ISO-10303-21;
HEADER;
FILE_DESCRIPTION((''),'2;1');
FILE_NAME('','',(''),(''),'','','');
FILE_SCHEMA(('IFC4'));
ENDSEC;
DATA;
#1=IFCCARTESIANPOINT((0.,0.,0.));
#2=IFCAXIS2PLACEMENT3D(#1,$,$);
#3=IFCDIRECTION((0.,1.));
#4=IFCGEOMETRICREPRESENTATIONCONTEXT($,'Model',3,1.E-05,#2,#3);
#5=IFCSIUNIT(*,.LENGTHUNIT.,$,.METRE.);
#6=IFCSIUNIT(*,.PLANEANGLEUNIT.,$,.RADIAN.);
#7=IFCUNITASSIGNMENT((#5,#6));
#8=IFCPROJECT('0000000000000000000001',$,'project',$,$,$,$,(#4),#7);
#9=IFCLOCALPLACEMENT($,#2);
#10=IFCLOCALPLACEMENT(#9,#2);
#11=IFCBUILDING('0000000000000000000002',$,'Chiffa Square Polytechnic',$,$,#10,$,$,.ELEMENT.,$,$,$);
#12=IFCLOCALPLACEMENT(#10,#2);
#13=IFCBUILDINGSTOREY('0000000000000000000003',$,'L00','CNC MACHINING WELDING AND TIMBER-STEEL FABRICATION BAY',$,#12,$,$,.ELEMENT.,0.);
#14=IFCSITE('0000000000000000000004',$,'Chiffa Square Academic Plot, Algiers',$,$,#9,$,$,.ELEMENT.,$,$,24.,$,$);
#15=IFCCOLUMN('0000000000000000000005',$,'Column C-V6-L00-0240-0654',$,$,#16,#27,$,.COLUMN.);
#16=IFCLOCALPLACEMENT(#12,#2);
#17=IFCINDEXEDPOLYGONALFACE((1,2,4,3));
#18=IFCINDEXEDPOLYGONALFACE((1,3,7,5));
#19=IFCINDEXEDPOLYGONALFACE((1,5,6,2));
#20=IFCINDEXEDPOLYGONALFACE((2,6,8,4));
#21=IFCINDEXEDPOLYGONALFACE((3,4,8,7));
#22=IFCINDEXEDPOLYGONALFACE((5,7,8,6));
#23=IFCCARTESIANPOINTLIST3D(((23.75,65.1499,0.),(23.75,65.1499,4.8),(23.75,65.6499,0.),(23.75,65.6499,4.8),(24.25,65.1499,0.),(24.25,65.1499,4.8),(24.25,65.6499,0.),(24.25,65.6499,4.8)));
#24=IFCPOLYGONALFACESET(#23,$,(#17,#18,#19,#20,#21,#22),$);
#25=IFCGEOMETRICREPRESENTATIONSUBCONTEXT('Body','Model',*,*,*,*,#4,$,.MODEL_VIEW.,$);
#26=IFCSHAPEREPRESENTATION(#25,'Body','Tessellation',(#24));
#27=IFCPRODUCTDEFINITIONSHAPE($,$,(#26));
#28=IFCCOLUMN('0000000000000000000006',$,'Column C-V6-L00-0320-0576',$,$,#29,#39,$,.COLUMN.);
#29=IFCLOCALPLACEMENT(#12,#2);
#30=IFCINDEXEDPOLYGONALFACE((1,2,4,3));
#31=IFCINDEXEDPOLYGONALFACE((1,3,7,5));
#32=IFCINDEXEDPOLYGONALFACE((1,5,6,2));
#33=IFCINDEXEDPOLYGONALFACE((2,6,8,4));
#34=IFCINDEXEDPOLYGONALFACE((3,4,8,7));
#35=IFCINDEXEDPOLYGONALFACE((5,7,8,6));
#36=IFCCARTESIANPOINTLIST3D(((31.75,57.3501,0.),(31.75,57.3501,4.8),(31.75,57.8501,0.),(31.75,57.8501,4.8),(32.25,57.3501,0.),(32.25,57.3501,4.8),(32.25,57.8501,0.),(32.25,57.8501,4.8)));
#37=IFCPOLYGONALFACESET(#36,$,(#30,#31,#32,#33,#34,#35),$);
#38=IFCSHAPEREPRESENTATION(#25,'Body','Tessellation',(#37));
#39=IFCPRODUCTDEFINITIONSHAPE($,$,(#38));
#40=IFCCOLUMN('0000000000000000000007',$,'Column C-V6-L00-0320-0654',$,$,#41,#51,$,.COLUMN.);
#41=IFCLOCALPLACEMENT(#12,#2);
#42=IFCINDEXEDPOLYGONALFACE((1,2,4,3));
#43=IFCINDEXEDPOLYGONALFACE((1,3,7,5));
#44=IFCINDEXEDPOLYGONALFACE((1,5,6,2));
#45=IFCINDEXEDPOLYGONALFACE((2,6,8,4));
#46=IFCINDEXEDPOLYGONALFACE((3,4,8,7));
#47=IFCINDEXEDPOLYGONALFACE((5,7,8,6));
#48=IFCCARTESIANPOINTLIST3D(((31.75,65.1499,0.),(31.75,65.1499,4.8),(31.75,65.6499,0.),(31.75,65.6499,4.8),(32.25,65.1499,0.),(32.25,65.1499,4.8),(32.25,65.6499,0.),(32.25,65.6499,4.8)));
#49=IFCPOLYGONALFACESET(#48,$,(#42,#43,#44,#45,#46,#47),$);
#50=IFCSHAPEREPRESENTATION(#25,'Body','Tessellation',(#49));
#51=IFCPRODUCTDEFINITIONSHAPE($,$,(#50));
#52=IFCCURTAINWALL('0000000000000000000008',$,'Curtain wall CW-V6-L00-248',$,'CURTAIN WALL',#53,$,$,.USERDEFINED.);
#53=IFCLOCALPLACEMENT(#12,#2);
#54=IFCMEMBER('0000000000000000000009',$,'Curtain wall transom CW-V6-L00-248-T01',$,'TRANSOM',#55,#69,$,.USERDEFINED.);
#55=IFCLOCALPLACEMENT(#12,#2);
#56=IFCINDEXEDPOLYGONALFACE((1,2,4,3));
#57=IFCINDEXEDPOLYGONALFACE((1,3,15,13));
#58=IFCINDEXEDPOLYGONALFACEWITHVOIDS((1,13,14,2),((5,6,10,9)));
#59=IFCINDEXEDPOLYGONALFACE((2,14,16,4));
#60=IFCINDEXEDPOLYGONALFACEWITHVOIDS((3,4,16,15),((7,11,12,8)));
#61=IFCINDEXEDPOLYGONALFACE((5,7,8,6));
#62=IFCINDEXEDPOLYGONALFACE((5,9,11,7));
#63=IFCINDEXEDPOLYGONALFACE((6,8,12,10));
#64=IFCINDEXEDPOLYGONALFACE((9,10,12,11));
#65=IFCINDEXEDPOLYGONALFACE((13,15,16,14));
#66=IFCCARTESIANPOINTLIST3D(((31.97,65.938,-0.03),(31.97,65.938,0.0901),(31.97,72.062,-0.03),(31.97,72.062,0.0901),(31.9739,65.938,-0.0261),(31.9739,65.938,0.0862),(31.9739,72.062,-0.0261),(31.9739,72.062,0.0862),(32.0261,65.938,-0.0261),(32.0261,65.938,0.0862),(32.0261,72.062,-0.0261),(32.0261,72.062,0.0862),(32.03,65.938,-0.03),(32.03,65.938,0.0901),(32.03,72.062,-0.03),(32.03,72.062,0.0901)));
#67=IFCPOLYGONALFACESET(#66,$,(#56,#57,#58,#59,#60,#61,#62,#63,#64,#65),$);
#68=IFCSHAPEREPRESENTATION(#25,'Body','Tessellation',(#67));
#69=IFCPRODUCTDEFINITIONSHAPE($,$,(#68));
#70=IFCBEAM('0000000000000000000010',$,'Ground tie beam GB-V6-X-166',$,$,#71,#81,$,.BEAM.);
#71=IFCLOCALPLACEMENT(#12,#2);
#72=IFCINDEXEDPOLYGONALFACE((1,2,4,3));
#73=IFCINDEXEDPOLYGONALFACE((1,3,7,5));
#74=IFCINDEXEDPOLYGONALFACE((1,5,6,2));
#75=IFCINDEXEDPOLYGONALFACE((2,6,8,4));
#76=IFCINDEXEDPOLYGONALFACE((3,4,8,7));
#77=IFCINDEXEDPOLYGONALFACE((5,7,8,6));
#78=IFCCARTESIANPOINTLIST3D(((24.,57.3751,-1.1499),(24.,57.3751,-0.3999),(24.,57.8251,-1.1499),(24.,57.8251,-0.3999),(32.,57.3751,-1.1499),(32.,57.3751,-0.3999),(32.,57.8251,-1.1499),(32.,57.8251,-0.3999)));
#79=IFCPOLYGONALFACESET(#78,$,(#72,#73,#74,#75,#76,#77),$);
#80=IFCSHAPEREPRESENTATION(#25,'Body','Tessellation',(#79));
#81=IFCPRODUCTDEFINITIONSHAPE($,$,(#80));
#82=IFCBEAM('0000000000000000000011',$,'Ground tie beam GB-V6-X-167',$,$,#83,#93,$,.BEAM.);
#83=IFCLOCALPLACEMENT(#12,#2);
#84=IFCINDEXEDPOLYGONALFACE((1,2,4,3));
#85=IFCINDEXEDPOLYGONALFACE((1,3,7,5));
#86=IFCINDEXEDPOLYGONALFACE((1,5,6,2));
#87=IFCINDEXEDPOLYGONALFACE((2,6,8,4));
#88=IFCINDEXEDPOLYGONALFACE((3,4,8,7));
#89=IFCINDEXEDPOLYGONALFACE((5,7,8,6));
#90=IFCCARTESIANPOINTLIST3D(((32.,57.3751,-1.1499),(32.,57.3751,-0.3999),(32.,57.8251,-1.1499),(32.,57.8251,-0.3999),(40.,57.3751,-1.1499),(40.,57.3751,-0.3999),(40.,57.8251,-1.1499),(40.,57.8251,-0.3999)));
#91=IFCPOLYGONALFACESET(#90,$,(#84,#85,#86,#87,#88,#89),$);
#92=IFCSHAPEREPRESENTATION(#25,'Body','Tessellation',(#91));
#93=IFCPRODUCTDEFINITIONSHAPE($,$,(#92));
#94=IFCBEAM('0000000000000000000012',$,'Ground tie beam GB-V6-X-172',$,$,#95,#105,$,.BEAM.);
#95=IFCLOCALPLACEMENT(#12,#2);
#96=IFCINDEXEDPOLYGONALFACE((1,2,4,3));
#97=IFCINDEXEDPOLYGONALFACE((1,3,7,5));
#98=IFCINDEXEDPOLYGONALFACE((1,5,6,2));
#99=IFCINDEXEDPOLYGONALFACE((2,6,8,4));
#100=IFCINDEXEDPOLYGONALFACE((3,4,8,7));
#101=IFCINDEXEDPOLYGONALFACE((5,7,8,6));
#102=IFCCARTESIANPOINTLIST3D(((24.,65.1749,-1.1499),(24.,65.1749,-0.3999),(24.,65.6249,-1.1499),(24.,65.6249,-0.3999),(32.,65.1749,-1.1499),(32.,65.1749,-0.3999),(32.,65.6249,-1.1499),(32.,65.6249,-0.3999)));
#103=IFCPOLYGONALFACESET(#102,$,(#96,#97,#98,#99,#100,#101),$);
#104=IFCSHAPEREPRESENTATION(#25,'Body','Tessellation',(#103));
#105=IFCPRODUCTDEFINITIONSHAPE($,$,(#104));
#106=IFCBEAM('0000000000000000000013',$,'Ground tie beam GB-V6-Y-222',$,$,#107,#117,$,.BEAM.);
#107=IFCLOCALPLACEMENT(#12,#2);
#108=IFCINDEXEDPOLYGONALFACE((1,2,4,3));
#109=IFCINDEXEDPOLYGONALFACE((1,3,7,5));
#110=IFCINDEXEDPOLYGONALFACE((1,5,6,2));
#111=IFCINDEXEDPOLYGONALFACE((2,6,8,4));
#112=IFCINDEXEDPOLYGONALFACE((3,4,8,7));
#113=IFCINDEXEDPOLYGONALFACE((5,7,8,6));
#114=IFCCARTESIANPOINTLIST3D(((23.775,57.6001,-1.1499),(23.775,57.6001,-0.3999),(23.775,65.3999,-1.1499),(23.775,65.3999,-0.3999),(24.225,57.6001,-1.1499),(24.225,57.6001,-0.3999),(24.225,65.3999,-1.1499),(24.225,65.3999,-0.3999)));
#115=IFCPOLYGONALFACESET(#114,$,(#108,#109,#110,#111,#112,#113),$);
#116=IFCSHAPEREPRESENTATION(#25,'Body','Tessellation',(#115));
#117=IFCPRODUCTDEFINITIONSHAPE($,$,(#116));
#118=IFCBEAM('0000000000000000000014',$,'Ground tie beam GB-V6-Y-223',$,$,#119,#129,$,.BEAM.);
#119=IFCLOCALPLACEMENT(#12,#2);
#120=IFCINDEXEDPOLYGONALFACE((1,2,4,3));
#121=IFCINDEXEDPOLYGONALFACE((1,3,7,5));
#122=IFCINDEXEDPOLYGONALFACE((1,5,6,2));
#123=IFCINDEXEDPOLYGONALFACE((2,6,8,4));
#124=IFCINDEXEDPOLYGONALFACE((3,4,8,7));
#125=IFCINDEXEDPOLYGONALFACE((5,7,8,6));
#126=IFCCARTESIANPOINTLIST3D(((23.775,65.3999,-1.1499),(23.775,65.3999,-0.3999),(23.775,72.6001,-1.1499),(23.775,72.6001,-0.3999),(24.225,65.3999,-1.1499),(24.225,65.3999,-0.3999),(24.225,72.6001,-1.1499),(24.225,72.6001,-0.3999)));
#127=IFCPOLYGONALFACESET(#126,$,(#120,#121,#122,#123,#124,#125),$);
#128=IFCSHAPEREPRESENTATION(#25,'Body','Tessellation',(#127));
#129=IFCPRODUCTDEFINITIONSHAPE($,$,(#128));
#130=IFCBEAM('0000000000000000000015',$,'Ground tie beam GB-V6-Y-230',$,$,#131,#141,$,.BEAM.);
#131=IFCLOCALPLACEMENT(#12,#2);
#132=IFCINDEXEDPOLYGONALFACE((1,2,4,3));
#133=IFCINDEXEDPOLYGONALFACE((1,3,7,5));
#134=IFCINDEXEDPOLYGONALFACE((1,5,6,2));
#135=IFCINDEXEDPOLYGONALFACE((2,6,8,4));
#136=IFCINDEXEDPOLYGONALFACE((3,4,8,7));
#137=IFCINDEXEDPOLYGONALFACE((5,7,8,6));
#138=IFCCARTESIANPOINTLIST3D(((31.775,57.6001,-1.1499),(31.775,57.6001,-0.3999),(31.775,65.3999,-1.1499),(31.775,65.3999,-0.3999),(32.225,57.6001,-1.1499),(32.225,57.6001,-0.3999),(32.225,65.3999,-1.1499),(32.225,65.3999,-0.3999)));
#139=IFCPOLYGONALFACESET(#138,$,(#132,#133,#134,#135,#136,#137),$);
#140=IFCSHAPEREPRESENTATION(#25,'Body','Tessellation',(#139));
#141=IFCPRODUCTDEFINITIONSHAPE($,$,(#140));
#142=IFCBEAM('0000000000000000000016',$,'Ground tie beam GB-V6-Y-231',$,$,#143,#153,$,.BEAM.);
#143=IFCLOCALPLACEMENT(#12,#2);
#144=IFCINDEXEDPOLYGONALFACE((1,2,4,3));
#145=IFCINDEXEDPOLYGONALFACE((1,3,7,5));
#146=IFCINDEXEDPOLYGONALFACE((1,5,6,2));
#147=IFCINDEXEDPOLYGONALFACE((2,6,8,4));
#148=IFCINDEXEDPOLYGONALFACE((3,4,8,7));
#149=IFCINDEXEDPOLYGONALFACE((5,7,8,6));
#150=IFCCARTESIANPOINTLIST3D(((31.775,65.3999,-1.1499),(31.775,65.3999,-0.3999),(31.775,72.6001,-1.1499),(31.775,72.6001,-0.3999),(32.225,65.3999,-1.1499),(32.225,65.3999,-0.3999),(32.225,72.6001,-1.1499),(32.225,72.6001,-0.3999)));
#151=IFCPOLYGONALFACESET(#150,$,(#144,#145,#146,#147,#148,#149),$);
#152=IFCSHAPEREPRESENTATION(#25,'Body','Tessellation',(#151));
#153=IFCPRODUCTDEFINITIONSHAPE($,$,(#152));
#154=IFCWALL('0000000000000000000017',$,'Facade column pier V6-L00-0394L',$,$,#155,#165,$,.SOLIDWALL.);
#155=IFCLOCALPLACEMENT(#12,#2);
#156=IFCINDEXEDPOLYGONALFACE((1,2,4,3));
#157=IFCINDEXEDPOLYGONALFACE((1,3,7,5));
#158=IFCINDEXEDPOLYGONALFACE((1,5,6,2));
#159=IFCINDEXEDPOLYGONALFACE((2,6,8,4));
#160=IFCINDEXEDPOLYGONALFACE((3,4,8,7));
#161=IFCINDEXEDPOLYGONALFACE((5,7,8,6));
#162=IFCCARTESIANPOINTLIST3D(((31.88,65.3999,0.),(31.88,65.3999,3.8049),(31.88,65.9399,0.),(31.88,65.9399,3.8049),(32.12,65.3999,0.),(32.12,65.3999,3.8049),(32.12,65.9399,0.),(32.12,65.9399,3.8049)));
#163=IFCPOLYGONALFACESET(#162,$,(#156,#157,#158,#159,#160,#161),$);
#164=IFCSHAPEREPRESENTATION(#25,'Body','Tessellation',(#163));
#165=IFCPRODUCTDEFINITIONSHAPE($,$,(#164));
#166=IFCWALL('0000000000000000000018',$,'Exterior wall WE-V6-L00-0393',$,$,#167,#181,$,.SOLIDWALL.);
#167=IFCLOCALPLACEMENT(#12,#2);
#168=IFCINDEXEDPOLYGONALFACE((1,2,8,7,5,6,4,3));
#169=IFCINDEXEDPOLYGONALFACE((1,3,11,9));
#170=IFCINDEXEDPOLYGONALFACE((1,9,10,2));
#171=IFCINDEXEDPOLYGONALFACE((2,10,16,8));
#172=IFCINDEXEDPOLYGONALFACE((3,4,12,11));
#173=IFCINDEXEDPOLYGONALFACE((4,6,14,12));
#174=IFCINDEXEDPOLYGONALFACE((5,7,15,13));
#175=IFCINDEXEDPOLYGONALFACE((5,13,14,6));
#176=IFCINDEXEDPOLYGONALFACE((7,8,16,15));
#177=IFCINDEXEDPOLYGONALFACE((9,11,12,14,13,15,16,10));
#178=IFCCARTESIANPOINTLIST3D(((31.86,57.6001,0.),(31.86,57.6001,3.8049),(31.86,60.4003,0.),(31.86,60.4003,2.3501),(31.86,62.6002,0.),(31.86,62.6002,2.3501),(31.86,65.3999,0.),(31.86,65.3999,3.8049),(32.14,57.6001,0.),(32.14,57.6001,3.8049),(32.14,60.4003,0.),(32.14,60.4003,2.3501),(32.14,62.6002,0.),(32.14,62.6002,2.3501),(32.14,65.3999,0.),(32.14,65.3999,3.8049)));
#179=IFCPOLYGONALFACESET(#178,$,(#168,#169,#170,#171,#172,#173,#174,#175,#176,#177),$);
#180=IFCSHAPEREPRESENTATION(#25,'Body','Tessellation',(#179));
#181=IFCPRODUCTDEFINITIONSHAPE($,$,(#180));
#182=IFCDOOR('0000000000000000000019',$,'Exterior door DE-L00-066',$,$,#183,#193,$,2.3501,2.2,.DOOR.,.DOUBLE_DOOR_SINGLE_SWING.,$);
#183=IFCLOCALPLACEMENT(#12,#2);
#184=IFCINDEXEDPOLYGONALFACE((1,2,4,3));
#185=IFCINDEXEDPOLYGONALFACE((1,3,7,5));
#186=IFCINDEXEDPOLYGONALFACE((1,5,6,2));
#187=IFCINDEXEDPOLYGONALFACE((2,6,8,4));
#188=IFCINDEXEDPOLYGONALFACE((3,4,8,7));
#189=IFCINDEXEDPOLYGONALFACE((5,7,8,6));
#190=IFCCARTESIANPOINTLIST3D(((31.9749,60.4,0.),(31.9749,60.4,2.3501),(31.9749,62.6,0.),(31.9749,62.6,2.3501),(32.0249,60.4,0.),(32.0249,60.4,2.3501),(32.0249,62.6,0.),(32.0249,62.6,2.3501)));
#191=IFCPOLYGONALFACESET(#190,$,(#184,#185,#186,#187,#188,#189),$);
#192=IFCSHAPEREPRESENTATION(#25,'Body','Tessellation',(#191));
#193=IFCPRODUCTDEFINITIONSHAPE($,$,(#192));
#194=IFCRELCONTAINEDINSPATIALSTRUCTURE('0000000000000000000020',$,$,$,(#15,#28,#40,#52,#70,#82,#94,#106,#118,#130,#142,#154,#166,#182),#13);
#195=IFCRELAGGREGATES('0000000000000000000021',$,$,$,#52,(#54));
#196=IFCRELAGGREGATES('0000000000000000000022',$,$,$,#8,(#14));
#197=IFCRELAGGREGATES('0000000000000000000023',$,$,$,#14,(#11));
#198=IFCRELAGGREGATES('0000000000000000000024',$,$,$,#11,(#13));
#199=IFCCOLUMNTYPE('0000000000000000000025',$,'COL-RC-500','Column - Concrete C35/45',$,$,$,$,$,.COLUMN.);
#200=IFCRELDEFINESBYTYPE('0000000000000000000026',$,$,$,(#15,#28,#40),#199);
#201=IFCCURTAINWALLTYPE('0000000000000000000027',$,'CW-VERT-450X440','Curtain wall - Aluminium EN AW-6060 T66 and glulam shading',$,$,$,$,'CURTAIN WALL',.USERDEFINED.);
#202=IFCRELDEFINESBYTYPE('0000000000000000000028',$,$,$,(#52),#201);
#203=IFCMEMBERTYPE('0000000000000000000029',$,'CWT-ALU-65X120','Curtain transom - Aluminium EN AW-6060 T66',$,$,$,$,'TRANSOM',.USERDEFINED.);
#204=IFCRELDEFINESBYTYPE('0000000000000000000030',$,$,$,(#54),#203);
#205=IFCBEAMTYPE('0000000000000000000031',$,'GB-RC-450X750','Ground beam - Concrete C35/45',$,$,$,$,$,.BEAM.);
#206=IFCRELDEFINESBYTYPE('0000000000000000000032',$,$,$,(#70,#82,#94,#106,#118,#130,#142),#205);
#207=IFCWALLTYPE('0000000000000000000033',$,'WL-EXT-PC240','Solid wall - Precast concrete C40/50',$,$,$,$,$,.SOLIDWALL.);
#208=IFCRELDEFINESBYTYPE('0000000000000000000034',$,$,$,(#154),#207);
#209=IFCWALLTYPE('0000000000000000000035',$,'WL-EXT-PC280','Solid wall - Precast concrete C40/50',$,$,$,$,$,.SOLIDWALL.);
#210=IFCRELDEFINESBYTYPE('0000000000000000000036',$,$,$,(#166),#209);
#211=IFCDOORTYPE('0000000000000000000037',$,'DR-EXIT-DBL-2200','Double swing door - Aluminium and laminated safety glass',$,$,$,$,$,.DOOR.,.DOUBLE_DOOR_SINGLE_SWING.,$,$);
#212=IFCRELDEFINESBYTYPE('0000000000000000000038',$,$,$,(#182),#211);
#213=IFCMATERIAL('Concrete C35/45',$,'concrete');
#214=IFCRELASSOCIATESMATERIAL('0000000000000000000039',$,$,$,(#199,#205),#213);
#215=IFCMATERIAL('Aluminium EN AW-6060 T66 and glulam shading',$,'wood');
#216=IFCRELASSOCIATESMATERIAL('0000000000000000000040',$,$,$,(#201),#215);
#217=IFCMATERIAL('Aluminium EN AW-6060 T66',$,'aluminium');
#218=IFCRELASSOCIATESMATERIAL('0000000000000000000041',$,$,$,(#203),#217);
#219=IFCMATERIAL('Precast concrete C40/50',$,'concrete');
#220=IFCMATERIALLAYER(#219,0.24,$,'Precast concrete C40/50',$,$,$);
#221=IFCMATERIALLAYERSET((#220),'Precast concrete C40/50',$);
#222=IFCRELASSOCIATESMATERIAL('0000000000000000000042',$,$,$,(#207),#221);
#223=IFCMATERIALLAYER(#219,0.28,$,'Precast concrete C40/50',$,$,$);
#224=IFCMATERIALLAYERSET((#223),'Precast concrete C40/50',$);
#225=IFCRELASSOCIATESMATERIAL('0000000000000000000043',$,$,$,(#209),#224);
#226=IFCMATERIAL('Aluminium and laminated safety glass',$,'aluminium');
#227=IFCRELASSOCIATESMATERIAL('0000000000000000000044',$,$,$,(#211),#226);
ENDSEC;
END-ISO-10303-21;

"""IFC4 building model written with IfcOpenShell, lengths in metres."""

from ifc_helpers import new_model, si_unit, direction, frame, frame_2d, origin, origin_2d, place, context, subcontext, project, spatial, rectangle, hollow_rectangle, extrude, material, layer, layer_set, material_profile, profile_set, type_object, element, fill, aggregate, save


model = new_model("IFC4")

# Units and contexts
model_context = context("Model", 3, precision=1e-05, world=origin(), true_north=direction((0.0, 1.0)))
body_context = subcontext(model_context, "Body", "Model", "MODEL_VIEW")
ifc_project = project(units=[si_unit("LENGTHUNIT", "METRE"), si_unit("PLANEANGLEUNIT", "RADIAN")], contexts=[model_context])

# Site, building, storey
site_placement = place(None, origin())
site = spatial("IfcSite", under=ifc_project, at=site_placement, Name="Chiffa Square Academic Plot, Algiers", CompositionType="ELEMENT", RefElevation=24.0)
building_placement = place(site_placement, origin())
building = spatial("IfcBuilding", under=site, at=building_placement, Name="Chiffa Square Polytechnic", CompositionType="ELEMENT")
storey_placement = place(building_placement, origin())
storey = spatial("IfcBuildingStorey", under=building, at=storey_placement, Name="L00", Description="CNC MACHINING WELDING AND TIMBER-STEEL FABRICATION BAY", CompositionType="ELEMENT", Elevation=0.0)

# Columns
ifc_material_1 = material(Name="Concrete C35/45", Category="concrete")
ifc_material_profile_1 = material_profile(ifc_material_1, rectangle(XDim=0.5, YDim=0.5, at=origin_2d()), Name="RC 500x500")
ifc_profile_set_1 = profile_set([ifc_material_profile_1], Name="Concrete C35/45")
column_type = type_object("IfcColumnType", Name="COL-RC-500", Description="Column - Concrete C35/45", PredefinedType="COLUMN", material=ifc_profile_set_1)
for number, where, z_axis, x_axis, name in (
    (1, (24.0, 65.3999, 0.0), (0.0, 0.0, 1.0), (1.0, 0.0, 0.0), "Column C-V6-L00-0240-0654"),
    (2, (32.0, 57.6001, 0.0), (0.0, 0.0, 1.0), (1.0, 0.0, 0.0), "Column C-V6-L00-0320-0576"),
    (3, (32.0, 65.3999, 0.0), (0.0, 0.0, 1.0), (1.0, 0.0, 0.0), "Column C-V6-L00-0320-0654"),
):
    element("IfcColumn", number, at=place(storey_placement, frame(where, z_axis=z_axis, x_axis=x_axis)), inside=storey, type_object=column_type, Name=name, PredefinedType="COLUMN", context=body_context, shape_type="SweptSolid", body=[
        extrude(rectangle(XDim=0.5, YDim=0.5, at=origin_2d()), origin(), (0.0, 0.0, 1.0), 4.8),
    ])

# Curtain wall, member
ifc_material_2 = material(Name="Aluminium EN AW-6060 T66 and glulam shading", Category="wood")
curtain_wall_type = type_object("IfcCurtainWallType", Name="CW-VERT-450X440", Description="Curtain wall - Aluminium EN AW-6060 T66 and glulam shading", ElementType="CURTAIN WALL", PredefinedType="USERDEFINED", material=ifc_material_2)
curtain_wall_placement = place(storey_placement, origin())
curtain_wall = element("IfcCurtainWall", 4, at=curtain_wall_placement, inside=storey, type_object=curtain_wall_type, Name="Curtain wall CW-V6-L00-248", ObjectType="CURTAIN WALL", PredefinedType="USERDEFINED")
ifc_material_3 = material(Name="Aluminium EN AW-6060 T66", Category="aluminium")
ifc_material_profile_2 = material_profile(ifc_material_3, hollow_rectangle(XDim=0.0601, YDim=0.1201, WallThickness=0.0039, at=origin_2d()), Name="ALU 60x120x4")
ifc_profile_set_2 = profile_set([ifc_material_profile_2], Name="Aluminium EN AW-6060 T66")
member_type = type_object("IfcMemberType", Name="CWT-ALU-65X120", Description="Curtain transom - Aluminium EN AW-6060 T66", ElementType="TRANSOM", PredefinedType="USERDEFINED", material=ifc_profile_set_2)
member_placement = place(storey_placement, frame((32.0, 65.938, 0.03), z_axis=(0.0, 1.0, 0.0), x_axis=(-1.0, 0.0, 0.0)))
member = element("IfcMember", 5, at=member_placement, type_object=member_type, Name="Curtain wall transom CW-V6-L00-248-T01", ObjectType="TRANSOM", PredefinedType="USERDEFINED", context=body_context, shape_type="SweptSolid", body=[
    extrude(hollow_rectangle(XDim=0.0601, YDim=0.1201, WallThickness=0.0039, at=origin_2d()), origin(), (0.0, 0.0, 1.0), 6.124),
])
aggregate(curtain_wall, [member])

# Beams
ifc_material_profile_3 = material_profile(ifc_material_1, rectangle(XDim=0.45, YDim=0.75, at=origin_2d()), Name="RC 450x750")
ifc_profile_set_3 = profile_set([ifc_material_profile_3], Name="Concrete C35/45")
beam_type = type_object("IfcBeamType", Name="GB-RC-450X750", Description="Ground beam - Concrete C35/45", PredefinedType="BEAM", material=ifc_profile_set_3)
for number, where, z_axis, x_axis, name in (
    (6, (24.0, 57.6001, -0.7749), (1.0, 0.0, 0.0), (0.0, 1.0, 0.0), "Ground tie beam GB-V6-X-166"),
    (7, (32.0, 57.6001, -0.7749), (1.0, 0.0, 0.0), (0.0, 1.0, 0.0), "Ground tie beam GB-V6-X-167"),
    (8, (24.0, 65.3999, -0.7749), (1.0, 0.0, 0.0), (0.0, 1.0, 0.0), "Ground tie beam GB-V6-X-172"),
):
    element("IfcBeam", number, at=place(storey_placement, frame(where, z_axis=z_axis, x_axis=x_axis)), inside=storey, type_object=beam_type, Name=name, PredefinedType="BEAM", context=body_context, shape_type="SweptSolid", body=[
        extrude(rectangle(XDim=0.45, YDim=0.75, at=origin_2d()), origin(), (0.0, 0.0, 1.0), 8.0),
    ])
beam_1_placement = place(storey_placement, frame((24.0, 57.6001, -0.7749), z_axis=(0.0, 1.0, 0.0), x_axis=(-1.0, 0.0, 0.0)))
element("IfcBeam", 9, at=beam_1_placement, inside=storey, type_object=beam_type, Name="Ground tie beam GB-V6-Y-222", PredefinedType="BEAM", context=body_context, shape_type="SweptSolid", body=[
    extrude(rectangle(XDim=0.45, YDim=0.75, at=origin_2d()), origin(), (0.0, 0.0, 1.0), 7.7998),
])
beam_2_placement = place(storey_placement, frame((24.0, 65.3999, -0.7749), z_axis=(0.0, 1.0, 0.0), x_axis=(-1.0, 0.0, 0.0)))
element("IfcBeam", 10, at=beam_2_placement, inside=storey, type_object=beam_type, Name="Ground tie beam GB-V6-Y-223", PredefinedType="BEAM", context=body_context, shape_type="SweptSolid", body=[
    extrude(rectangle(XDim=0.45, YDim=0.75, at=origin_2d()), origin(), (0.0, 0.0, 1.0), 7.2002),
])
beam_3_placement = place(storey_placement, frame((32.0, 57.6001, -0.7749), z_axis=(0.0, 1.0, 0.0), x_axis=(-1.0, 0.0, 0.0)))
element("IfcBeam", 11, at=beam_3_placement, inside=storey, type_object=beam_type, Name="Ground tie beam GB-V6-Y-230", PredefinedType="BEAM", context=body_context, shape_type="SweptSolid", body=[
    extrude(rectangle(XDim=0.45, YDim=0.75, at=origin_2d()), origin(), (0.0, 0.0, 1.0), 7.7998),
])
beam_4_placement = place(storey_placement, frame((32.0, 65.3999, -0.7749), z_axis=(0.0, 1.0, 0.0), x_axis=(-1.0, 0.0, 0.0)))
element("IfcBeam", 12, at=beam_4_placement, inside=storey, type_object=beam_type, Name="Ground tie beam GB-V6-Y-231", PredefinedType="BEAM", context=body_context, shape_type="SweptSolid", body=[
    extrude(rectangle(XDim=0.45, YDim=0.75, at=origin_2d()), origin(), (0.0, 0.0, 1.0), 7.2002),
])

# Wall
ifc_material_4 = material(Name="Precast concrete C40/50", Category="concrete")
ifc_layer_1 = layer(ifc_material_4, 0.24, Name="Precast concrete C40/50")
ifc_layer_set_1 = layer_set([ifc_layer_1], Name="Precast concrete C40/50")
wall_type_1 = type_object("IfcWallType", Name="WL-EXT-PC240", Description="Solid wall - Precast concrete C40/50", PredefinedType="SOLIDWALL", material=ifc_layer_set_1)
wall_1_placement = place(storey_placement, frame((32.0, 65.3999, 0.0), z_axis=(0.0, 0.0, 1.0), x_axis=(0.0, 1.0, 0.0)))
element("IfcWall", 13, at=wall_1_placement, inside=storey, type_object=wall_type_1, Name="Facade column pier V6-L00-0394L", PredefinedType="SOLIDWALL", context=body_context, shape_type="SweptSolid", body=[
    extrude(rectangle(XDim=0.54, YDim=0.24, at=frame_2d((0.27, 0.0))), origin(), (0.0, 0.0, 1.0), 3.8049),
])

# Wall, opening, door
ifc_layer_2 = layer(ifc_material_4, 0.28, Name="Precast concrete C40/50")
ifc_layer_set_2 = layer_set([ifc_layer_2], Name="Precast concrete C40/50")
wall_type_2 = type_object("IfcWallType", Name="WL-EXT-PC280", Description="Solid wall - Precast concrete C40/50", PredefinedType="SOLIDWALL", material=ifc_layer_set_2)
wall_2_placement = place(storey_placement, frame((32.0, 57.6001, 0.0), z_axis=(0.0, 0.0, 1.0), x_axis=(0.0, 1.0, 0.0)))
wall_2 = element("IfcWall", 14, at=wall_2_placement, inside=storey, type_object=wall_type_2, Name="Exterior wall WE-V6-L00-0393", PredefinedType="SOLIDWALL", context=body_context, shape_type="SweptSolid", body=[
    extrude(rectangle(XDim=7.7998, YDim=0.28, at=frame_2d((3.8999, 0.0))), origin(), (0.0, 0.0, 1.0), 3.8049),
])
opening_1_placement = place(wall_2_placement, frame((2.8, 0.0, 0.0)))
opening_1 = element("IfcOpeningElement", 15, at=opening_1_placement, cuts=wall_2, PredefinedType="OPENING", context=body_context, shape_type="SweptSolid", body=[
    extrude(rectangle(XDim=2.2, YDim=2.3501, at=frame_2d((1.1001, 1.175))), frame((0.0, 0.1499, 0.0), z_axis=(0.0, -1.0, 0.0), x_axis=(1.0, 0.0, 0.0)), (0.0, 0.0, 1.0), 0.3),
])
ifc_material_5 = material(Name="Aluminium and laminated safety glass", Category="aluminium")
door_type_1 = type_object("IfcDoorType", Name="DR-EXIT-DBL-2200", Description="Double swing door - Aluminium and laminated safety glass", OperationType="DOUBLE_DOOR_SINGLE_SWING", PredefinedType="DOOR", material=ifc_material_5)
door_1_placement = place(opening_1_placement, frame((2.2, 0.0, 0.0), z_axis=(0.0, 0.0, 1.0), x_axis=(-1.0, 0.0, 0.0)))
door_1 = element("IfcDoor", 16, at=door_1_placement, inside=storey, type_object=door_type_1, Name="Exterior door DE-L00-066", OperationType="DOUBLE_DOOR_SINGLE_SWING", OverallHeight=2.3501, OverallWidth=2.2, PredefinedType="DOOR", context=body_context, shape_type="SweptSolid", body=[
    extrude(rectangle(XDim=2.2, YDim=2.3501, at=frame_2d((1.1001, 1.175))), frame((0.0, 0.0249, 0.0), z_axis=(0.0, -1.0, 0.0), x_axis=(1.0, 0.0, 0.0)), (0.0, 0.0, 1.0), 0.05),
])
fill(opening_1, door_1)

save(model, "model.ifc")
